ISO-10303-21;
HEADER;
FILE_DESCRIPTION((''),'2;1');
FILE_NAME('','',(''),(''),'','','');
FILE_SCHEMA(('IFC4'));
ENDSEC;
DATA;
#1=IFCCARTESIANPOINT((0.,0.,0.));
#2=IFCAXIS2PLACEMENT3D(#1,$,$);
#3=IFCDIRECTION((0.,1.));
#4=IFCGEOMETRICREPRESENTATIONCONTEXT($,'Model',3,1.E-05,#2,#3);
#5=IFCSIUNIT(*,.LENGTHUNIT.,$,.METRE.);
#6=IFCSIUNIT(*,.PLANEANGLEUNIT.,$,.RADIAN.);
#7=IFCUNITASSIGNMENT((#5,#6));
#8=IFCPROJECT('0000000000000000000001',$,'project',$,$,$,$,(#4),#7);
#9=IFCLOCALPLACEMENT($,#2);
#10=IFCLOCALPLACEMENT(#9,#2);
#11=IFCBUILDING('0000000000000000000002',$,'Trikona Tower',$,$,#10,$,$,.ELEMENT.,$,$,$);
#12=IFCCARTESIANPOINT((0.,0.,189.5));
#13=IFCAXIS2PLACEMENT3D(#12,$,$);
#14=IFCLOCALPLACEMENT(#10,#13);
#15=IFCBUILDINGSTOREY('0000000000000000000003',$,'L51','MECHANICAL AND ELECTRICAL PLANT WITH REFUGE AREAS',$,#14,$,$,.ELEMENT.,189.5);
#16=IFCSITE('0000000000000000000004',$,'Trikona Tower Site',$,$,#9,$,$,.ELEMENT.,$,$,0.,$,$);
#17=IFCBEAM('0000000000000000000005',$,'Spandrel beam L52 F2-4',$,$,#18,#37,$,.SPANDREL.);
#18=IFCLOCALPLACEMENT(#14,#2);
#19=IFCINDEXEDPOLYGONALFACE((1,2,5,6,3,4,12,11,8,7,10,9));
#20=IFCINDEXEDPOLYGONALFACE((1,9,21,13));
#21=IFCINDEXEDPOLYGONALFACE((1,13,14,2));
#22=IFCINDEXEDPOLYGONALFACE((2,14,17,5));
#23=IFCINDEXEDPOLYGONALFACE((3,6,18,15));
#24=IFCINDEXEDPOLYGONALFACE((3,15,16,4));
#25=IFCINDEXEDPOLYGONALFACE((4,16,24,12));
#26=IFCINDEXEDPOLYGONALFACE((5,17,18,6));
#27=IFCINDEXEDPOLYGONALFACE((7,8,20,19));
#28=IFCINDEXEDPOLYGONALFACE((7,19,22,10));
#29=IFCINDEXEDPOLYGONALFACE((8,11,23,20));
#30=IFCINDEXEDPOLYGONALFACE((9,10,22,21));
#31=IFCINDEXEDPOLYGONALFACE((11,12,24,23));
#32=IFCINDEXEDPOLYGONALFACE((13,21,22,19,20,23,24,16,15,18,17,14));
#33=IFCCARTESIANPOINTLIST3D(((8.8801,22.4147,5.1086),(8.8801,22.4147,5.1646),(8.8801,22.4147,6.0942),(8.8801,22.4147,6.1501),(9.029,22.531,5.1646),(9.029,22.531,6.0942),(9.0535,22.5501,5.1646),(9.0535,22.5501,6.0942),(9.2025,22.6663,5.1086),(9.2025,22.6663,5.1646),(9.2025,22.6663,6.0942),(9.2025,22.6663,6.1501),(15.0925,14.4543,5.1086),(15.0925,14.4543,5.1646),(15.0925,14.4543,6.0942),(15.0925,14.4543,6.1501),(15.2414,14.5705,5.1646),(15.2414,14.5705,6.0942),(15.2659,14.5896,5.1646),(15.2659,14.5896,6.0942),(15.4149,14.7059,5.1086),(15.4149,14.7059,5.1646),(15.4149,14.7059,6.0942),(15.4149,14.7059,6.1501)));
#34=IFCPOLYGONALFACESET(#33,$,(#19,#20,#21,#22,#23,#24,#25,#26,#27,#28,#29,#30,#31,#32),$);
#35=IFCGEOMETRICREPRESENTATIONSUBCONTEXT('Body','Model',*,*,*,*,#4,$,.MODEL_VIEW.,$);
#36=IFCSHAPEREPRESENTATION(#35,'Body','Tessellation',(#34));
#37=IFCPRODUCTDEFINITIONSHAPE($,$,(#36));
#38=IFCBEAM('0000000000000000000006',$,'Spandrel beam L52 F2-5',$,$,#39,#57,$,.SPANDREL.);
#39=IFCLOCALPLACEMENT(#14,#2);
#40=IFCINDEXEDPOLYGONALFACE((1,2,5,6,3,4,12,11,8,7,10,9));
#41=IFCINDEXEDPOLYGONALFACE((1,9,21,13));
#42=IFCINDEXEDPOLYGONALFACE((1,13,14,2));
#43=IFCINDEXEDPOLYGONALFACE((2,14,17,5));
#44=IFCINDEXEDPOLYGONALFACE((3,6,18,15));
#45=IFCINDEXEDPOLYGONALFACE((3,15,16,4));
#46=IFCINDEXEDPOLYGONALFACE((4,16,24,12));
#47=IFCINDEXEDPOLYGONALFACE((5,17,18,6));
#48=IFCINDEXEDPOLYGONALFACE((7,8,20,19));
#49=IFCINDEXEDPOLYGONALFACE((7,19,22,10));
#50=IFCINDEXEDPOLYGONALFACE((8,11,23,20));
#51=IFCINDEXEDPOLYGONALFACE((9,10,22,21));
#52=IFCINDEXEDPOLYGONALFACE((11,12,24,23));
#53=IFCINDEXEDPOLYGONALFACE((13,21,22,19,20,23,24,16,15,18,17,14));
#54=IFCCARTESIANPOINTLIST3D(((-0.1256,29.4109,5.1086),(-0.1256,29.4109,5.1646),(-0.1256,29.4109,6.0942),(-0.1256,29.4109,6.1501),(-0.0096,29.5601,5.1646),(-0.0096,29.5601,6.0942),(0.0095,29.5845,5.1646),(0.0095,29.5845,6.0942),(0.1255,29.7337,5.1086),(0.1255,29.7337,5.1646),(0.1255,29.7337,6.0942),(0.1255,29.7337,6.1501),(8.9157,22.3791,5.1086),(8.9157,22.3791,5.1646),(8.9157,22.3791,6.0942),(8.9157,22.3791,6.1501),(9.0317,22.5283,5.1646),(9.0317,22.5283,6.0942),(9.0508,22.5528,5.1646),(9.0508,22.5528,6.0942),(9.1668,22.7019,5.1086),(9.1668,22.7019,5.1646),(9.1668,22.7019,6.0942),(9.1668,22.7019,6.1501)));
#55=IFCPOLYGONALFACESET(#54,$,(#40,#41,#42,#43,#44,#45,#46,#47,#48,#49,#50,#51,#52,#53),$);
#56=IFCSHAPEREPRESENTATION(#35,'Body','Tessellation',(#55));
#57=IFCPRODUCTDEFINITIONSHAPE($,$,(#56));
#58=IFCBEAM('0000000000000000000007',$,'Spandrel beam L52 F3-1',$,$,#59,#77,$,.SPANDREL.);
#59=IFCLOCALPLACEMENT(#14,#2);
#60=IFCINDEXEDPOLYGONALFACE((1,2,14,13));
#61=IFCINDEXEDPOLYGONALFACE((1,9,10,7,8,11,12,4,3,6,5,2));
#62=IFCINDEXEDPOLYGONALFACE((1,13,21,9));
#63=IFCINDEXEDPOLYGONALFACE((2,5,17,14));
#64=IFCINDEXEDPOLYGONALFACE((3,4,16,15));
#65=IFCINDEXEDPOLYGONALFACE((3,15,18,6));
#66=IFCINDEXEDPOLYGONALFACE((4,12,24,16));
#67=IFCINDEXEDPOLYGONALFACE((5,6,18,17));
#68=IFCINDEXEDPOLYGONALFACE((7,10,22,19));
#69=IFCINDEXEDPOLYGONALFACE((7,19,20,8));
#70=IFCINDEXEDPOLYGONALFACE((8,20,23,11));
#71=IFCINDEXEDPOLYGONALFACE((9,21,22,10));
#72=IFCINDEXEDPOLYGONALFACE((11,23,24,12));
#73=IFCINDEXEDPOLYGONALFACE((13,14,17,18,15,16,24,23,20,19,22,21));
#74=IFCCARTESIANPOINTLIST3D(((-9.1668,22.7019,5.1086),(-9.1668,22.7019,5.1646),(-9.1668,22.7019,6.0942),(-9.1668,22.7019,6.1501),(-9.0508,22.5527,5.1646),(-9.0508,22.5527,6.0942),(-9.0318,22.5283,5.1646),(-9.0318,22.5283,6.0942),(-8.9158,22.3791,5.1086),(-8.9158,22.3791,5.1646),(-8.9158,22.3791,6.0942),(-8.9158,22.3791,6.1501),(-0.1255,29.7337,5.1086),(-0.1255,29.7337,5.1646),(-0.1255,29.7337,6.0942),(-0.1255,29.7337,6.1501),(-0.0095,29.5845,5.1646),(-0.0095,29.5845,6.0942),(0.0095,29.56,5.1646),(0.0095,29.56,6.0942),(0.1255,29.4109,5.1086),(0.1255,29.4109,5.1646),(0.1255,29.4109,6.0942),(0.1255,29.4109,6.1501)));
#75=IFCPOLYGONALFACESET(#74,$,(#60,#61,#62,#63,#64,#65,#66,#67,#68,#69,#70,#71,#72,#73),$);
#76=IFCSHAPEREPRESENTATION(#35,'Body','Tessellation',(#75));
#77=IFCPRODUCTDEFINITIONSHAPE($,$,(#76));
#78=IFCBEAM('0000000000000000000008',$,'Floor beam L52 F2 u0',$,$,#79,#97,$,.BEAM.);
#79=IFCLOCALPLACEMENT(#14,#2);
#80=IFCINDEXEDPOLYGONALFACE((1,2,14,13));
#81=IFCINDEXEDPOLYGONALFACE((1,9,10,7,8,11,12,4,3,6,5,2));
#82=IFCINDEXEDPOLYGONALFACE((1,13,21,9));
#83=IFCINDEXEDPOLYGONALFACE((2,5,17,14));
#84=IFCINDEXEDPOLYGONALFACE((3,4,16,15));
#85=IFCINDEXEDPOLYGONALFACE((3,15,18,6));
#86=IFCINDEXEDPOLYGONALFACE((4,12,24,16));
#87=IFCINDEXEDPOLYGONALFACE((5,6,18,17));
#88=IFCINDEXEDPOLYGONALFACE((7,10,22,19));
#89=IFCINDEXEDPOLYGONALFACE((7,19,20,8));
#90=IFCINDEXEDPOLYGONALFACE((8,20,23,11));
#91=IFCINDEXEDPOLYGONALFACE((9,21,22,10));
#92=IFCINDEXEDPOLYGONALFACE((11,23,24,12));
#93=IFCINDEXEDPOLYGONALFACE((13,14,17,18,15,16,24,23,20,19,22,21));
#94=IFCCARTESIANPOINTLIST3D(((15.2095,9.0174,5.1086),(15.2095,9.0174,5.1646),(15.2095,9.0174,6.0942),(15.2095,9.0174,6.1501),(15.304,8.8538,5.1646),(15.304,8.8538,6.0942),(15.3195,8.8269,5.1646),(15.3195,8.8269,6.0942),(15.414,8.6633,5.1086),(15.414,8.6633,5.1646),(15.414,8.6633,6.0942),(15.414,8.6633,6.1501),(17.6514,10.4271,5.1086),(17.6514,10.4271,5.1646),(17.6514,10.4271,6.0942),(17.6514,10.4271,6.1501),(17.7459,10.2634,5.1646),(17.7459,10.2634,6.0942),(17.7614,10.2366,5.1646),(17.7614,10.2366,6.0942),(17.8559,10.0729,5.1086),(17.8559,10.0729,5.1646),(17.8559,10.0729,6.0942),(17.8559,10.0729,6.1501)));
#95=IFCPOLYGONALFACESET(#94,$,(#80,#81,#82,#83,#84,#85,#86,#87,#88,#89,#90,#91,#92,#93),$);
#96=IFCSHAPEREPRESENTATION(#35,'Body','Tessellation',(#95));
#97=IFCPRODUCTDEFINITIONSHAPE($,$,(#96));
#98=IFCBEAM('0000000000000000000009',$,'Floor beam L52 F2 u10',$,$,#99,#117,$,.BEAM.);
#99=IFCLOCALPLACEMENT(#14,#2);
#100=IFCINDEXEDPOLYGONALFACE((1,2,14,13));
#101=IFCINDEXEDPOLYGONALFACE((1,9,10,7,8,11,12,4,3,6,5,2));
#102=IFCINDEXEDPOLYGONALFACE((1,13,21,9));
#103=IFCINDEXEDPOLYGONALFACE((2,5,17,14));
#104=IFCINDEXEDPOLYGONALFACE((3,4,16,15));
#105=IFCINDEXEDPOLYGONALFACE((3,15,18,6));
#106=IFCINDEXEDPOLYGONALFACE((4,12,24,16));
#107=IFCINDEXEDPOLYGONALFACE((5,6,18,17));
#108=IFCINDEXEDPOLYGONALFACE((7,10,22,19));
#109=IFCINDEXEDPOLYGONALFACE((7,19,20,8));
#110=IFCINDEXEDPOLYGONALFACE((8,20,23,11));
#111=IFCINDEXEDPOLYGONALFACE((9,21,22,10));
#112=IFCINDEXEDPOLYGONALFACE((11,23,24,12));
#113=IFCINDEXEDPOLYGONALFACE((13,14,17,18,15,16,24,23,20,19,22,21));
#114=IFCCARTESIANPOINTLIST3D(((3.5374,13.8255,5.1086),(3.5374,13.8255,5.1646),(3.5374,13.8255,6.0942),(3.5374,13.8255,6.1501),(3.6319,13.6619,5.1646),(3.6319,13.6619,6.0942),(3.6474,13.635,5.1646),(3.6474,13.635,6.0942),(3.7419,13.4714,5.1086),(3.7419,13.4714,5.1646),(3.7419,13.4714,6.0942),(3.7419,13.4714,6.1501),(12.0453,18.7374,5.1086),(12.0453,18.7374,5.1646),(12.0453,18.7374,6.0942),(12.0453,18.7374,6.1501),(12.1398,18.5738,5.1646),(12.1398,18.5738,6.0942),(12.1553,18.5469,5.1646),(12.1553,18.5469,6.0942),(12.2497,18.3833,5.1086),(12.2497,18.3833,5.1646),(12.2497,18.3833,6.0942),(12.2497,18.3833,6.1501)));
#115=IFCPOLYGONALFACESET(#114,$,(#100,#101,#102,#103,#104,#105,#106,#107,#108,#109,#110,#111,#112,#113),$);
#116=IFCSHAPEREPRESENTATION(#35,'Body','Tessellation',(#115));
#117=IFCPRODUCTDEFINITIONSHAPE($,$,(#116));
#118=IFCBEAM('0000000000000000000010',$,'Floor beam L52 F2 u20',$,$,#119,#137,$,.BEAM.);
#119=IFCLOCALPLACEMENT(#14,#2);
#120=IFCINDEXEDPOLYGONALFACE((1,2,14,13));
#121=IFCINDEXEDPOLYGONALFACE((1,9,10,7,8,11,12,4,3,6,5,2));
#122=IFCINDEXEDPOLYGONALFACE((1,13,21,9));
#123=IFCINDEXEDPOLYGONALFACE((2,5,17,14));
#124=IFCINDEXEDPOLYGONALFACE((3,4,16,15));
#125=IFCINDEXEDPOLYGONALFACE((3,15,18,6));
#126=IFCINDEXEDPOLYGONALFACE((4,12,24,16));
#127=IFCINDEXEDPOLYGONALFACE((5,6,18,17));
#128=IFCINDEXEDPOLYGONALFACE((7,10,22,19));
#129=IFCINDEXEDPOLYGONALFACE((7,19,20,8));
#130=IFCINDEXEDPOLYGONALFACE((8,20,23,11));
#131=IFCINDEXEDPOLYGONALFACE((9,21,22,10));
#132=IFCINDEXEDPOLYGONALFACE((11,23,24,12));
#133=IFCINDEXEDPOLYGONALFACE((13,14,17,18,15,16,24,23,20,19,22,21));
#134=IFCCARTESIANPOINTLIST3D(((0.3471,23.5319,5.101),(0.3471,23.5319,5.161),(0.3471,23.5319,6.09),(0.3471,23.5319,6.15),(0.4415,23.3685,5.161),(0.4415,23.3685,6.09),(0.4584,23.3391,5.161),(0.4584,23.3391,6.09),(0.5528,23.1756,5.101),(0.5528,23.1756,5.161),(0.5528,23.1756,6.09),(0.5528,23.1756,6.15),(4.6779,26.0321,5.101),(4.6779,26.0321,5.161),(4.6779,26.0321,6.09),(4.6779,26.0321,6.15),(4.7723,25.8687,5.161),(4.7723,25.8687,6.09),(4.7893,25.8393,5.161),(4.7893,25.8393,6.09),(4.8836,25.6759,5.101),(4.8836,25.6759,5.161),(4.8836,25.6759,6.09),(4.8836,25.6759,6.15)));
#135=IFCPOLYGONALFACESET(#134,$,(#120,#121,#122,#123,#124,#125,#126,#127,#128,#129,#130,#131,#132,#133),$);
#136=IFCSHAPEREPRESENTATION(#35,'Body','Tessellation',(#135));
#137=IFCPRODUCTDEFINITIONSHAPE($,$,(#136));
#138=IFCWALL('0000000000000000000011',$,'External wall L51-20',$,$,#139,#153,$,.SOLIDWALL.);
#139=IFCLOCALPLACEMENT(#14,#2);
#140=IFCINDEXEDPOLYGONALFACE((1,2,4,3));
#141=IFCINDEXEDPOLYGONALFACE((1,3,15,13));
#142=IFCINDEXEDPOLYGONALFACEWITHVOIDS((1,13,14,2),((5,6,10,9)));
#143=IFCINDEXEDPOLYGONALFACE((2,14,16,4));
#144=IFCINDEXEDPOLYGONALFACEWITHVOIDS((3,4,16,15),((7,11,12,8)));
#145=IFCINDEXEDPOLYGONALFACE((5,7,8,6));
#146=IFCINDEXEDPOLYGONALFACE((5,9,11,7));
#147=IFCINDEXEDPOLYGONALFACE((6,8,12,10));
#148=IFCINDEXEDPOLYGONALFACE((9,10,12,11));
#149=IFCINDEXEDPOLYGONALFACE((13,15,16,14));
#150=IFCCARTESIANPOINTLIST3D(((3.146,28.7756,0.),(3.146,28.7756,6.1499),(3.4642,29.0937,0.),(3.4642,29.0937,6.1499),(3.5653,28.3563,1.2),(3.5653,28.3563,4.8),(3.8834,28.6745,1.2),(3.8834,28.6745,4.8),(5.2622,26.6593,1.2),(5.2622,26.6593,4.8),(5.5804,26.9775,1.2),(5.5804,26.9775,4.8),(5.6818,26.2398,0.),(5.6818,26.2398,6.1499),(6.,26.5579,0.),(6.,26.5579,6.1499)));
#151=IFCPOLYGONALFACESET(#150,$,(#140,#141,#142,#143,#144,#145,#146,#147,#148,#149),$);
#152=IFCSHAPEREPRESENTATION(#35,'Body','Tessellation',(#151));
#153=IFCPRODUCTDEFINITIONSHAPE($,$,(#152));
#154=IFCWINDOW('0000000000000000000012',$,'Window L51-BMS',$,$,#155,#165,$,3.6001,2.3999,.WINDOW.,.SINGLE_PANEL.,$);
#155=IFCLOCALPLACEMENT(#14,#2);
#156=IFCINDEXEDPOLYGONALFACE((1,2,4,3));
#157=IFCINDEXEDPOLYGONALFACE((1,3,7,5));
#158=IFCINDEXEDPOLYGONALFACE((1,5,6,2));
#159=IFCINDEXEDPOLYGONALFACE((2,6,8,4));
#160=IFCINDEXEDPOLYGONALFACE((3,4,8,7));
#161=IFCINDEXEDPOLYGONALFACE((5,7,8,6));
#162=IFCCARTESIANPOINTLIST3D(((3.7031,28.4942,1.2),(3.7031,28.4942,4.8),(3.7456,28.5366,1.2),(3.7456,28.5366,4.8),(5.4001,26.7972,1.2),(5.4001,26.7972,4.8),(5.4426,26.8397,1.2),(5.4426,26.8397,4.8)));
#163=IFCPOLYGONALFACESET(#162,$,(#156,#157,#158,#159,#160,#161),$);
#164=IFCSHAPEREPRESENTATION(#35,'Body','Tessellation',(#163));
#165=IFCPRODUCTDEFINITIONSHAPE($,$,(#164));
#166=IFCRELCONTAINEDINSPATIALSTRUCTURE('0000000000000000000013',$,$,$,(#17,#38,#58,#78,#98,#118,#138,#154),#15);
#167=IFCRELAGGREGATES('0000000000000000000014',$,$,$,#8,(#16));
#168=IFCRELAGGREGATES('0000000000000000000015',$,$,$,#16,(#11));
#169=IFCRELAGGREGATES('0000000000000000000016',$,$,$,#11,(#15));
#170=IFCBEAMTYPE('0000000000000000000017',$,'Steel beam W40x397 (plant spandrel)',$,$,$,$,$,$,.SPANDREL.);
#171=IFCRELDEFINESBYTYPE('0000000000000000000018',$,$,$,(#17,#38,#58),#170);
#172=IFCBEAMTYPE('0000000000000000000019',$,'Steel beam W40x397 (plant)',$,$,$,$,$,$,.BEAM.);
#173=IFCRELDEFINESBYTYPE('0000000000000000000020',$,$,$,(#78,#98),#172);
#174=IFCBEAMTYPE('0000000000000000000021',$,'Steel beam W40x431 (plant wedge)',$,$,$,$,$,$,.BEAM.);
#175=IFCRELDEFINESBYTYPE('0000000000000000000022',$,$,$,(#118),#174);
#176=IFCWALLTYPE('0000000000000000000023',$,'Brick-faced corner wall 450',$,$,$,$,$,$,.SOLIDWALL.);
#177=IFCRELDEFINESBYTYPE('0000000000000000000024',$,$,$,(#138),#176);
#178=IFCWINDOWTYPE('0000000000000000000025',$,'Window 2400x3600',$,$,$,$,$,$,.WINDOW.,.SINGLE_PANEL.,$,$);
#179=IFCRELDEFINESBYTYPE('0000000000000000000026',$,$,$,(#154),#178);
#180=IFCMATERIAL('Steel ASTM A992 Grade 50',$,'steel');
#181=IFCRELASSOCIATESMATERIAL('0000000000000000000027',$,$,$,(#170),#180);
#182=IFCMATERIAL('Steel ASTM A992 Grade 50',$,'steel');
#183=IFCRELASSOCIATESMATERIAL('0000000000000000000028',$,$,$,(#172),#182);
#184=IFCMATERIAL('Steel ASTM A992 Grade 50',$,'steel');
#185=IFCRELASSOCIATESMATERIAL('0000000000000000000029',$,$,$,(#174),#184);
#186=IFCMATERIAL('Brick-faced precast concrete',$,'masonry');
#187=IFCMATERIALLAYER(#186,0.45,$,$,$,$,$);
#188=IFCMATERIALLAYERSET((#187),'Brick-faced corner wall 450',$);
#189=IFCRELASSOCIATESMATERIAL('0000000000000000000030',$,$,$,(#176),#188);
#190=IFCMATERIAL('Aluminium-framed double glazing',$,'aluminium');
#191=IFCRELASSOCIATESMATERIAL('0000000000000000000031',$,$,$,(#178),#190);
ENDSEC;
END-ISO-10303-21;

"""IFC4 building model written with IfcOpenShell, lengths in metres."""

from ifc_helpers import new_model, si_unit, direction, frame, frame_2d, origin, origin_2d, place, context, subcontext, project, spatial, rectangle, i_section, extrude, material, layer, layer_set, material_profile, profile_set, type_object, element, fill, save


model = new_model("IFC4")

# Units and contexts
model_context = context("Model", 3, precision=1e-05, world=origin(), true_north=direction((0.0, 1.0)))
body_context = subcontext(model_context, "Body", "Model", "MODEL_VIEW")
ifc_project = project(units=[si_unit("LENGTHUNIT", "METRE"), si_unit("PLANEANGLEUNIT", "RADIAN")], contexts=[model_context])

# Site, building, storey
site_placement = place(None, origin())
site = spatial("IfcSite", under=ifc_project, at=site_placement, Name="Trikona Tower Site", CompositionType="ELEMENT", RefElevation=0.0)
building_placement = place(site_placement, origin())
building = spatial("IfcBuilding", under=site, at=building_placement, Name="Trikona Tower", CompositionType="ELEMENT")
storey_placement = place(building_placement, frame((0.0, 0.0, 189.5)))
storey = spatial("IfcBuildingStorey", under=building, at=storey_placement, Name="L51", Description="MECHANICAL AND ELECTRICAL PLANT WITH REFUGE AREAS", CompositionType="ELEMENT", Elevation=189.5)

# Beams
ifc_material_1 = material(Name="Steel ASTM A992 Grade 50", Category="steel")
ifc_material_profile_1 = material_profile(ifc_material_1, i_section(OverallWidth=0.4089, OverallDepth=1.0415, WebThickness=0.031, FlangeThickness=0.0559, at=origin_2d()), Name="W40X397")
ifc_profile_set_1 = profile_set([ifc_material_profile_1], Name="Steel ASTM A992 Grade 50")
beam_type_1 = type_object("IfcBeamType", Name="Steel beam W40x397 (plant spandrel)", PredefinedType="SPANDREL", material=ifc_profile_set_1)
beam_1_placement = place(storey_placement, frame((15.2537, 14.5801, 5.6294), z_axis=(-0.615232, 0.788346, 0.0), x_axis=(-0.788346, -0.615232, 0.0)))
element("IfcBeam", 1, at=beam_1_placement, inside=storey, type_object=beam_type_1, Name="Spandrel beam L52 F2-4", PredefinedType="SPANDREL", context=body_context, shape_type="SweptSolid", body=[
    extrude(i_section(OverallWidth=0.4089, OverallDepth=1.0415, WebThickness=0.031, FlangeThickness=0.0559, at=origin_2d()), origin(), (0.0, 0.0, 1.0), 10.0977),
])
for number, where, z_axis, x_axis, name in (
    (2, (9.0413, 22.5405, 5.6294), (-0.789367, 0.613921, 0.0), (-0.613921, -0.789367, 0.0), "Spandrel beam L52 F2-5"),
    (3, (0.0, 29.5723, 5.6294), (-0.789367, -0.613921, 0.0), (0.613921, -0.789367, 0.0), "Spandrel beam L52 F3-1"),
):
    element("IfcBeam", number, at=place(storey_placement, frame(where, z_axis=z_axis, x_axis=x_axis)), inside=storey, type_object=beam_type_1, Name=name, PredefinedType="SPANDREL", context=body_context, shape_type="SweptSolid", body=[
        extrude(i_section(OverallWidth=0.4089, OverallDepth=1.0415, WebThickness=0.031, FlangeThickness=0.0559, at=origin_2d()), origin(), (0.0, 0.0, 1.0), 11.4539),
    ])
ifc_material_2 = material(Name="Steel ASTM A992 Grade 50", Category="steel")
ifc_material_profile_2 = material_profile(ifc_material_2, i_section(OverallWidth=0.4089, OverallDepth=1.0415, WebThickness=0.031, FlangeThickness=0.0559, at=origin_2d()), Name="W40X397")
ifc_profile_set_2 = profile_set([ifc_material_profile_2], Name="Steel ASTM A992 Grade 50")
beam_type_2 = type_object("IfcBeamType", Name="Steel beam W40x397 (plant)", PredefinedType="BEAM", material=ifc_profile_set_2)
beam_2_placement = place(storey_placement, frame((15.3118, 8.8403, 5.6294), z_axis=(0.86605, 0.499957, 0.0), x_axis=(-0.499957, 0.86605, 0.0)))
element("IfcBeam", 4, at=beam_2_placement, inside=storey, type_object=beam_type_2, Name="Floor beam L52 F2 u0", PredefinedType="BEAM", context=body_context, shape_type="SweptSolid", body=[
    extrude(i_section(OverallWidth=0.4089, OverallDepth=1.0415, WebThickness=0.031, FlangeThickness=0.0559, at=origin_2d()), origin(), (0.0, 0.0, 1.0), 2.8196),
])
beam_3_placement = place(storey_placement, frame((3.6396, 13.6484, 5.6294), z_axis=(0.866031, 0.499991, 0.0), x_axis=(-0.499991, 0.866031, 0.0)))
element("IfcBeam", 5, at=beam_3_placement, inside=storey, type_object=beam_type_2, Name="Floor beam L52 F2 u10", PredefinedType="BEAM", context=body_context, shape_type="SweptSolid", body=[
    extrude(i_section(OverallWidth=0.4089, OverallDepth=1.0415, WebThickness=0.031, FlangeThickness=0.0559, at=origin_2d()), origin(), (0.0, 0.0, 1.0), 9.824),
])
ifc_material_3 = material(Name="Steel ASTM A992 Grade 50", Category="steel")
ifc_material_profile_3 = material_profile(ifc_material_3, i_section(OverallWidth=0.4114, OverallDepth=1.0491, WebThickness=0.0339, FlangeThickness=0.0601, at=origin_2d()), Name="W40X431")
ifc_profile_set_3 = profile_set([ifc_material_profile_3], Name="Steel ASTM A992 Grade 50")
beam_type_3 = type_object("IfcBeamType", Name="Steel beam W40x431 (plant wedge)", PredefinedType="BEAM", material=ifc_profile_set_3)
beam_4_placement = place(storey_placement, frame((0.45, 23.3538, 5.6255), z_axis=(0.866038, 0.499977, 0.0), x_axis=(-0.499977, 0.866038, 0.0)))
element("IfcBeam", 6, at=beam_4_placement, inside=storey, type_object=beam_type_3, Name="Floor beam L52 F2 u20", PredefinedType="BEAM", context=body_context, shape_type="SweptSolid", body=[
    extrude(i_section(OverallWidth=0.4114, OverallDepth=1.0491, WebThickness=0.0339, FlangeThickness=0.0601, at=origin_2d()), origin(), (0.0, 0.0, 1.0), 5.0007),
])

# Wall, opening, window
ifc_material_4 = material(Name="Brick-faced precast concrete", Category="masonry")
ifc_layer_1 = layer(ifc_material_4, 0.45)
ifc_layer_set_1 = layer_set([ifc_layer_1], Name="Brick-faced corner wall 450")
wall_type_1 = type_object("IfcWallType", Name="Brick-faced corner wall 450", PredefinedType="SOLIDWALL", material=ifc_layer_set_1)
wall_1_placement = place(storey_placement, frame((5.8408, 26.3989, 0.0), z_axis=(0.0, 0.0, 1.0), x_axis=(-0.707107, 0.707107, 0.0)))
wall_1 = element("IfcWall", 7, at=wall_1_placement, inside=storey, type_object=wall_type_1, Name="External wall L51-20", PredefinedType="SOLIDWALL", context=body_context, shape_type="SweptSolid", body=[
    extrude(rectangle(XDim=3.5862, YDim=0.45, at=frame_2d((1.793, 0.0))), origin(), (0.0, 0.0, 1.0), 6.1499),
])
opening_1_placement = place(wall_1_placement, frame((0.5933, 0.0, 1.2)))
opening_1 = element("IfcOpeningElement", 8, at=opening_1_placement, cuts=wall_1, PredefinedType="OPENING", context=body_context, shape_type="SweptSolid", body=[
    extrude(rectangle(XDim=2.3999, YDim=3.6001, at=frame_2d((1.2, 1.8))), frame((0.0, 0.2349, 0.0), z_axis=(0.0, -1.0, 0.0), x_axis=(1.0, 0.0, 0.0)), (0.0, 0.0, 1.0), 0.47),
])
ifc_material_5 = material(Name="Aluminium-framed double glazing", Category="aluminium")
window_type_1 = type_object("IfcWindowType", Name="Window 2400x3600", PartitioningType="SINGLE_PANEL", PredefinedType="WINDOW", material=ifc_material_5)
window_1_placement = place(opening_1_placement, origin())
window_1 = element("IfcWindow", 9, at=window_1_placement, inside=storey, type_object=window_type_1, Name="Window L51-BMS", OverallHeight=3.6001, OverallWidth=2.3999, PartitioningType="SINGLE_PANEL", PredefinedType="WINDOW", context=body_context, shape_type="SweptSolid", body=[
    extrude(rectangle(XDim=2.3999, YDim=3.6001, at=frame_2d((1.2, 1.8))), frame((0.0, 0.03, 0.0), z_axis=(0.0, -1.0, 0.0), x_axis=(1.0, 0.0, 0.0)), (0.0, 0.0, 1.0), 0.0601),
])
fill(opening_1, window_1)

save(model, "model.ifc")
